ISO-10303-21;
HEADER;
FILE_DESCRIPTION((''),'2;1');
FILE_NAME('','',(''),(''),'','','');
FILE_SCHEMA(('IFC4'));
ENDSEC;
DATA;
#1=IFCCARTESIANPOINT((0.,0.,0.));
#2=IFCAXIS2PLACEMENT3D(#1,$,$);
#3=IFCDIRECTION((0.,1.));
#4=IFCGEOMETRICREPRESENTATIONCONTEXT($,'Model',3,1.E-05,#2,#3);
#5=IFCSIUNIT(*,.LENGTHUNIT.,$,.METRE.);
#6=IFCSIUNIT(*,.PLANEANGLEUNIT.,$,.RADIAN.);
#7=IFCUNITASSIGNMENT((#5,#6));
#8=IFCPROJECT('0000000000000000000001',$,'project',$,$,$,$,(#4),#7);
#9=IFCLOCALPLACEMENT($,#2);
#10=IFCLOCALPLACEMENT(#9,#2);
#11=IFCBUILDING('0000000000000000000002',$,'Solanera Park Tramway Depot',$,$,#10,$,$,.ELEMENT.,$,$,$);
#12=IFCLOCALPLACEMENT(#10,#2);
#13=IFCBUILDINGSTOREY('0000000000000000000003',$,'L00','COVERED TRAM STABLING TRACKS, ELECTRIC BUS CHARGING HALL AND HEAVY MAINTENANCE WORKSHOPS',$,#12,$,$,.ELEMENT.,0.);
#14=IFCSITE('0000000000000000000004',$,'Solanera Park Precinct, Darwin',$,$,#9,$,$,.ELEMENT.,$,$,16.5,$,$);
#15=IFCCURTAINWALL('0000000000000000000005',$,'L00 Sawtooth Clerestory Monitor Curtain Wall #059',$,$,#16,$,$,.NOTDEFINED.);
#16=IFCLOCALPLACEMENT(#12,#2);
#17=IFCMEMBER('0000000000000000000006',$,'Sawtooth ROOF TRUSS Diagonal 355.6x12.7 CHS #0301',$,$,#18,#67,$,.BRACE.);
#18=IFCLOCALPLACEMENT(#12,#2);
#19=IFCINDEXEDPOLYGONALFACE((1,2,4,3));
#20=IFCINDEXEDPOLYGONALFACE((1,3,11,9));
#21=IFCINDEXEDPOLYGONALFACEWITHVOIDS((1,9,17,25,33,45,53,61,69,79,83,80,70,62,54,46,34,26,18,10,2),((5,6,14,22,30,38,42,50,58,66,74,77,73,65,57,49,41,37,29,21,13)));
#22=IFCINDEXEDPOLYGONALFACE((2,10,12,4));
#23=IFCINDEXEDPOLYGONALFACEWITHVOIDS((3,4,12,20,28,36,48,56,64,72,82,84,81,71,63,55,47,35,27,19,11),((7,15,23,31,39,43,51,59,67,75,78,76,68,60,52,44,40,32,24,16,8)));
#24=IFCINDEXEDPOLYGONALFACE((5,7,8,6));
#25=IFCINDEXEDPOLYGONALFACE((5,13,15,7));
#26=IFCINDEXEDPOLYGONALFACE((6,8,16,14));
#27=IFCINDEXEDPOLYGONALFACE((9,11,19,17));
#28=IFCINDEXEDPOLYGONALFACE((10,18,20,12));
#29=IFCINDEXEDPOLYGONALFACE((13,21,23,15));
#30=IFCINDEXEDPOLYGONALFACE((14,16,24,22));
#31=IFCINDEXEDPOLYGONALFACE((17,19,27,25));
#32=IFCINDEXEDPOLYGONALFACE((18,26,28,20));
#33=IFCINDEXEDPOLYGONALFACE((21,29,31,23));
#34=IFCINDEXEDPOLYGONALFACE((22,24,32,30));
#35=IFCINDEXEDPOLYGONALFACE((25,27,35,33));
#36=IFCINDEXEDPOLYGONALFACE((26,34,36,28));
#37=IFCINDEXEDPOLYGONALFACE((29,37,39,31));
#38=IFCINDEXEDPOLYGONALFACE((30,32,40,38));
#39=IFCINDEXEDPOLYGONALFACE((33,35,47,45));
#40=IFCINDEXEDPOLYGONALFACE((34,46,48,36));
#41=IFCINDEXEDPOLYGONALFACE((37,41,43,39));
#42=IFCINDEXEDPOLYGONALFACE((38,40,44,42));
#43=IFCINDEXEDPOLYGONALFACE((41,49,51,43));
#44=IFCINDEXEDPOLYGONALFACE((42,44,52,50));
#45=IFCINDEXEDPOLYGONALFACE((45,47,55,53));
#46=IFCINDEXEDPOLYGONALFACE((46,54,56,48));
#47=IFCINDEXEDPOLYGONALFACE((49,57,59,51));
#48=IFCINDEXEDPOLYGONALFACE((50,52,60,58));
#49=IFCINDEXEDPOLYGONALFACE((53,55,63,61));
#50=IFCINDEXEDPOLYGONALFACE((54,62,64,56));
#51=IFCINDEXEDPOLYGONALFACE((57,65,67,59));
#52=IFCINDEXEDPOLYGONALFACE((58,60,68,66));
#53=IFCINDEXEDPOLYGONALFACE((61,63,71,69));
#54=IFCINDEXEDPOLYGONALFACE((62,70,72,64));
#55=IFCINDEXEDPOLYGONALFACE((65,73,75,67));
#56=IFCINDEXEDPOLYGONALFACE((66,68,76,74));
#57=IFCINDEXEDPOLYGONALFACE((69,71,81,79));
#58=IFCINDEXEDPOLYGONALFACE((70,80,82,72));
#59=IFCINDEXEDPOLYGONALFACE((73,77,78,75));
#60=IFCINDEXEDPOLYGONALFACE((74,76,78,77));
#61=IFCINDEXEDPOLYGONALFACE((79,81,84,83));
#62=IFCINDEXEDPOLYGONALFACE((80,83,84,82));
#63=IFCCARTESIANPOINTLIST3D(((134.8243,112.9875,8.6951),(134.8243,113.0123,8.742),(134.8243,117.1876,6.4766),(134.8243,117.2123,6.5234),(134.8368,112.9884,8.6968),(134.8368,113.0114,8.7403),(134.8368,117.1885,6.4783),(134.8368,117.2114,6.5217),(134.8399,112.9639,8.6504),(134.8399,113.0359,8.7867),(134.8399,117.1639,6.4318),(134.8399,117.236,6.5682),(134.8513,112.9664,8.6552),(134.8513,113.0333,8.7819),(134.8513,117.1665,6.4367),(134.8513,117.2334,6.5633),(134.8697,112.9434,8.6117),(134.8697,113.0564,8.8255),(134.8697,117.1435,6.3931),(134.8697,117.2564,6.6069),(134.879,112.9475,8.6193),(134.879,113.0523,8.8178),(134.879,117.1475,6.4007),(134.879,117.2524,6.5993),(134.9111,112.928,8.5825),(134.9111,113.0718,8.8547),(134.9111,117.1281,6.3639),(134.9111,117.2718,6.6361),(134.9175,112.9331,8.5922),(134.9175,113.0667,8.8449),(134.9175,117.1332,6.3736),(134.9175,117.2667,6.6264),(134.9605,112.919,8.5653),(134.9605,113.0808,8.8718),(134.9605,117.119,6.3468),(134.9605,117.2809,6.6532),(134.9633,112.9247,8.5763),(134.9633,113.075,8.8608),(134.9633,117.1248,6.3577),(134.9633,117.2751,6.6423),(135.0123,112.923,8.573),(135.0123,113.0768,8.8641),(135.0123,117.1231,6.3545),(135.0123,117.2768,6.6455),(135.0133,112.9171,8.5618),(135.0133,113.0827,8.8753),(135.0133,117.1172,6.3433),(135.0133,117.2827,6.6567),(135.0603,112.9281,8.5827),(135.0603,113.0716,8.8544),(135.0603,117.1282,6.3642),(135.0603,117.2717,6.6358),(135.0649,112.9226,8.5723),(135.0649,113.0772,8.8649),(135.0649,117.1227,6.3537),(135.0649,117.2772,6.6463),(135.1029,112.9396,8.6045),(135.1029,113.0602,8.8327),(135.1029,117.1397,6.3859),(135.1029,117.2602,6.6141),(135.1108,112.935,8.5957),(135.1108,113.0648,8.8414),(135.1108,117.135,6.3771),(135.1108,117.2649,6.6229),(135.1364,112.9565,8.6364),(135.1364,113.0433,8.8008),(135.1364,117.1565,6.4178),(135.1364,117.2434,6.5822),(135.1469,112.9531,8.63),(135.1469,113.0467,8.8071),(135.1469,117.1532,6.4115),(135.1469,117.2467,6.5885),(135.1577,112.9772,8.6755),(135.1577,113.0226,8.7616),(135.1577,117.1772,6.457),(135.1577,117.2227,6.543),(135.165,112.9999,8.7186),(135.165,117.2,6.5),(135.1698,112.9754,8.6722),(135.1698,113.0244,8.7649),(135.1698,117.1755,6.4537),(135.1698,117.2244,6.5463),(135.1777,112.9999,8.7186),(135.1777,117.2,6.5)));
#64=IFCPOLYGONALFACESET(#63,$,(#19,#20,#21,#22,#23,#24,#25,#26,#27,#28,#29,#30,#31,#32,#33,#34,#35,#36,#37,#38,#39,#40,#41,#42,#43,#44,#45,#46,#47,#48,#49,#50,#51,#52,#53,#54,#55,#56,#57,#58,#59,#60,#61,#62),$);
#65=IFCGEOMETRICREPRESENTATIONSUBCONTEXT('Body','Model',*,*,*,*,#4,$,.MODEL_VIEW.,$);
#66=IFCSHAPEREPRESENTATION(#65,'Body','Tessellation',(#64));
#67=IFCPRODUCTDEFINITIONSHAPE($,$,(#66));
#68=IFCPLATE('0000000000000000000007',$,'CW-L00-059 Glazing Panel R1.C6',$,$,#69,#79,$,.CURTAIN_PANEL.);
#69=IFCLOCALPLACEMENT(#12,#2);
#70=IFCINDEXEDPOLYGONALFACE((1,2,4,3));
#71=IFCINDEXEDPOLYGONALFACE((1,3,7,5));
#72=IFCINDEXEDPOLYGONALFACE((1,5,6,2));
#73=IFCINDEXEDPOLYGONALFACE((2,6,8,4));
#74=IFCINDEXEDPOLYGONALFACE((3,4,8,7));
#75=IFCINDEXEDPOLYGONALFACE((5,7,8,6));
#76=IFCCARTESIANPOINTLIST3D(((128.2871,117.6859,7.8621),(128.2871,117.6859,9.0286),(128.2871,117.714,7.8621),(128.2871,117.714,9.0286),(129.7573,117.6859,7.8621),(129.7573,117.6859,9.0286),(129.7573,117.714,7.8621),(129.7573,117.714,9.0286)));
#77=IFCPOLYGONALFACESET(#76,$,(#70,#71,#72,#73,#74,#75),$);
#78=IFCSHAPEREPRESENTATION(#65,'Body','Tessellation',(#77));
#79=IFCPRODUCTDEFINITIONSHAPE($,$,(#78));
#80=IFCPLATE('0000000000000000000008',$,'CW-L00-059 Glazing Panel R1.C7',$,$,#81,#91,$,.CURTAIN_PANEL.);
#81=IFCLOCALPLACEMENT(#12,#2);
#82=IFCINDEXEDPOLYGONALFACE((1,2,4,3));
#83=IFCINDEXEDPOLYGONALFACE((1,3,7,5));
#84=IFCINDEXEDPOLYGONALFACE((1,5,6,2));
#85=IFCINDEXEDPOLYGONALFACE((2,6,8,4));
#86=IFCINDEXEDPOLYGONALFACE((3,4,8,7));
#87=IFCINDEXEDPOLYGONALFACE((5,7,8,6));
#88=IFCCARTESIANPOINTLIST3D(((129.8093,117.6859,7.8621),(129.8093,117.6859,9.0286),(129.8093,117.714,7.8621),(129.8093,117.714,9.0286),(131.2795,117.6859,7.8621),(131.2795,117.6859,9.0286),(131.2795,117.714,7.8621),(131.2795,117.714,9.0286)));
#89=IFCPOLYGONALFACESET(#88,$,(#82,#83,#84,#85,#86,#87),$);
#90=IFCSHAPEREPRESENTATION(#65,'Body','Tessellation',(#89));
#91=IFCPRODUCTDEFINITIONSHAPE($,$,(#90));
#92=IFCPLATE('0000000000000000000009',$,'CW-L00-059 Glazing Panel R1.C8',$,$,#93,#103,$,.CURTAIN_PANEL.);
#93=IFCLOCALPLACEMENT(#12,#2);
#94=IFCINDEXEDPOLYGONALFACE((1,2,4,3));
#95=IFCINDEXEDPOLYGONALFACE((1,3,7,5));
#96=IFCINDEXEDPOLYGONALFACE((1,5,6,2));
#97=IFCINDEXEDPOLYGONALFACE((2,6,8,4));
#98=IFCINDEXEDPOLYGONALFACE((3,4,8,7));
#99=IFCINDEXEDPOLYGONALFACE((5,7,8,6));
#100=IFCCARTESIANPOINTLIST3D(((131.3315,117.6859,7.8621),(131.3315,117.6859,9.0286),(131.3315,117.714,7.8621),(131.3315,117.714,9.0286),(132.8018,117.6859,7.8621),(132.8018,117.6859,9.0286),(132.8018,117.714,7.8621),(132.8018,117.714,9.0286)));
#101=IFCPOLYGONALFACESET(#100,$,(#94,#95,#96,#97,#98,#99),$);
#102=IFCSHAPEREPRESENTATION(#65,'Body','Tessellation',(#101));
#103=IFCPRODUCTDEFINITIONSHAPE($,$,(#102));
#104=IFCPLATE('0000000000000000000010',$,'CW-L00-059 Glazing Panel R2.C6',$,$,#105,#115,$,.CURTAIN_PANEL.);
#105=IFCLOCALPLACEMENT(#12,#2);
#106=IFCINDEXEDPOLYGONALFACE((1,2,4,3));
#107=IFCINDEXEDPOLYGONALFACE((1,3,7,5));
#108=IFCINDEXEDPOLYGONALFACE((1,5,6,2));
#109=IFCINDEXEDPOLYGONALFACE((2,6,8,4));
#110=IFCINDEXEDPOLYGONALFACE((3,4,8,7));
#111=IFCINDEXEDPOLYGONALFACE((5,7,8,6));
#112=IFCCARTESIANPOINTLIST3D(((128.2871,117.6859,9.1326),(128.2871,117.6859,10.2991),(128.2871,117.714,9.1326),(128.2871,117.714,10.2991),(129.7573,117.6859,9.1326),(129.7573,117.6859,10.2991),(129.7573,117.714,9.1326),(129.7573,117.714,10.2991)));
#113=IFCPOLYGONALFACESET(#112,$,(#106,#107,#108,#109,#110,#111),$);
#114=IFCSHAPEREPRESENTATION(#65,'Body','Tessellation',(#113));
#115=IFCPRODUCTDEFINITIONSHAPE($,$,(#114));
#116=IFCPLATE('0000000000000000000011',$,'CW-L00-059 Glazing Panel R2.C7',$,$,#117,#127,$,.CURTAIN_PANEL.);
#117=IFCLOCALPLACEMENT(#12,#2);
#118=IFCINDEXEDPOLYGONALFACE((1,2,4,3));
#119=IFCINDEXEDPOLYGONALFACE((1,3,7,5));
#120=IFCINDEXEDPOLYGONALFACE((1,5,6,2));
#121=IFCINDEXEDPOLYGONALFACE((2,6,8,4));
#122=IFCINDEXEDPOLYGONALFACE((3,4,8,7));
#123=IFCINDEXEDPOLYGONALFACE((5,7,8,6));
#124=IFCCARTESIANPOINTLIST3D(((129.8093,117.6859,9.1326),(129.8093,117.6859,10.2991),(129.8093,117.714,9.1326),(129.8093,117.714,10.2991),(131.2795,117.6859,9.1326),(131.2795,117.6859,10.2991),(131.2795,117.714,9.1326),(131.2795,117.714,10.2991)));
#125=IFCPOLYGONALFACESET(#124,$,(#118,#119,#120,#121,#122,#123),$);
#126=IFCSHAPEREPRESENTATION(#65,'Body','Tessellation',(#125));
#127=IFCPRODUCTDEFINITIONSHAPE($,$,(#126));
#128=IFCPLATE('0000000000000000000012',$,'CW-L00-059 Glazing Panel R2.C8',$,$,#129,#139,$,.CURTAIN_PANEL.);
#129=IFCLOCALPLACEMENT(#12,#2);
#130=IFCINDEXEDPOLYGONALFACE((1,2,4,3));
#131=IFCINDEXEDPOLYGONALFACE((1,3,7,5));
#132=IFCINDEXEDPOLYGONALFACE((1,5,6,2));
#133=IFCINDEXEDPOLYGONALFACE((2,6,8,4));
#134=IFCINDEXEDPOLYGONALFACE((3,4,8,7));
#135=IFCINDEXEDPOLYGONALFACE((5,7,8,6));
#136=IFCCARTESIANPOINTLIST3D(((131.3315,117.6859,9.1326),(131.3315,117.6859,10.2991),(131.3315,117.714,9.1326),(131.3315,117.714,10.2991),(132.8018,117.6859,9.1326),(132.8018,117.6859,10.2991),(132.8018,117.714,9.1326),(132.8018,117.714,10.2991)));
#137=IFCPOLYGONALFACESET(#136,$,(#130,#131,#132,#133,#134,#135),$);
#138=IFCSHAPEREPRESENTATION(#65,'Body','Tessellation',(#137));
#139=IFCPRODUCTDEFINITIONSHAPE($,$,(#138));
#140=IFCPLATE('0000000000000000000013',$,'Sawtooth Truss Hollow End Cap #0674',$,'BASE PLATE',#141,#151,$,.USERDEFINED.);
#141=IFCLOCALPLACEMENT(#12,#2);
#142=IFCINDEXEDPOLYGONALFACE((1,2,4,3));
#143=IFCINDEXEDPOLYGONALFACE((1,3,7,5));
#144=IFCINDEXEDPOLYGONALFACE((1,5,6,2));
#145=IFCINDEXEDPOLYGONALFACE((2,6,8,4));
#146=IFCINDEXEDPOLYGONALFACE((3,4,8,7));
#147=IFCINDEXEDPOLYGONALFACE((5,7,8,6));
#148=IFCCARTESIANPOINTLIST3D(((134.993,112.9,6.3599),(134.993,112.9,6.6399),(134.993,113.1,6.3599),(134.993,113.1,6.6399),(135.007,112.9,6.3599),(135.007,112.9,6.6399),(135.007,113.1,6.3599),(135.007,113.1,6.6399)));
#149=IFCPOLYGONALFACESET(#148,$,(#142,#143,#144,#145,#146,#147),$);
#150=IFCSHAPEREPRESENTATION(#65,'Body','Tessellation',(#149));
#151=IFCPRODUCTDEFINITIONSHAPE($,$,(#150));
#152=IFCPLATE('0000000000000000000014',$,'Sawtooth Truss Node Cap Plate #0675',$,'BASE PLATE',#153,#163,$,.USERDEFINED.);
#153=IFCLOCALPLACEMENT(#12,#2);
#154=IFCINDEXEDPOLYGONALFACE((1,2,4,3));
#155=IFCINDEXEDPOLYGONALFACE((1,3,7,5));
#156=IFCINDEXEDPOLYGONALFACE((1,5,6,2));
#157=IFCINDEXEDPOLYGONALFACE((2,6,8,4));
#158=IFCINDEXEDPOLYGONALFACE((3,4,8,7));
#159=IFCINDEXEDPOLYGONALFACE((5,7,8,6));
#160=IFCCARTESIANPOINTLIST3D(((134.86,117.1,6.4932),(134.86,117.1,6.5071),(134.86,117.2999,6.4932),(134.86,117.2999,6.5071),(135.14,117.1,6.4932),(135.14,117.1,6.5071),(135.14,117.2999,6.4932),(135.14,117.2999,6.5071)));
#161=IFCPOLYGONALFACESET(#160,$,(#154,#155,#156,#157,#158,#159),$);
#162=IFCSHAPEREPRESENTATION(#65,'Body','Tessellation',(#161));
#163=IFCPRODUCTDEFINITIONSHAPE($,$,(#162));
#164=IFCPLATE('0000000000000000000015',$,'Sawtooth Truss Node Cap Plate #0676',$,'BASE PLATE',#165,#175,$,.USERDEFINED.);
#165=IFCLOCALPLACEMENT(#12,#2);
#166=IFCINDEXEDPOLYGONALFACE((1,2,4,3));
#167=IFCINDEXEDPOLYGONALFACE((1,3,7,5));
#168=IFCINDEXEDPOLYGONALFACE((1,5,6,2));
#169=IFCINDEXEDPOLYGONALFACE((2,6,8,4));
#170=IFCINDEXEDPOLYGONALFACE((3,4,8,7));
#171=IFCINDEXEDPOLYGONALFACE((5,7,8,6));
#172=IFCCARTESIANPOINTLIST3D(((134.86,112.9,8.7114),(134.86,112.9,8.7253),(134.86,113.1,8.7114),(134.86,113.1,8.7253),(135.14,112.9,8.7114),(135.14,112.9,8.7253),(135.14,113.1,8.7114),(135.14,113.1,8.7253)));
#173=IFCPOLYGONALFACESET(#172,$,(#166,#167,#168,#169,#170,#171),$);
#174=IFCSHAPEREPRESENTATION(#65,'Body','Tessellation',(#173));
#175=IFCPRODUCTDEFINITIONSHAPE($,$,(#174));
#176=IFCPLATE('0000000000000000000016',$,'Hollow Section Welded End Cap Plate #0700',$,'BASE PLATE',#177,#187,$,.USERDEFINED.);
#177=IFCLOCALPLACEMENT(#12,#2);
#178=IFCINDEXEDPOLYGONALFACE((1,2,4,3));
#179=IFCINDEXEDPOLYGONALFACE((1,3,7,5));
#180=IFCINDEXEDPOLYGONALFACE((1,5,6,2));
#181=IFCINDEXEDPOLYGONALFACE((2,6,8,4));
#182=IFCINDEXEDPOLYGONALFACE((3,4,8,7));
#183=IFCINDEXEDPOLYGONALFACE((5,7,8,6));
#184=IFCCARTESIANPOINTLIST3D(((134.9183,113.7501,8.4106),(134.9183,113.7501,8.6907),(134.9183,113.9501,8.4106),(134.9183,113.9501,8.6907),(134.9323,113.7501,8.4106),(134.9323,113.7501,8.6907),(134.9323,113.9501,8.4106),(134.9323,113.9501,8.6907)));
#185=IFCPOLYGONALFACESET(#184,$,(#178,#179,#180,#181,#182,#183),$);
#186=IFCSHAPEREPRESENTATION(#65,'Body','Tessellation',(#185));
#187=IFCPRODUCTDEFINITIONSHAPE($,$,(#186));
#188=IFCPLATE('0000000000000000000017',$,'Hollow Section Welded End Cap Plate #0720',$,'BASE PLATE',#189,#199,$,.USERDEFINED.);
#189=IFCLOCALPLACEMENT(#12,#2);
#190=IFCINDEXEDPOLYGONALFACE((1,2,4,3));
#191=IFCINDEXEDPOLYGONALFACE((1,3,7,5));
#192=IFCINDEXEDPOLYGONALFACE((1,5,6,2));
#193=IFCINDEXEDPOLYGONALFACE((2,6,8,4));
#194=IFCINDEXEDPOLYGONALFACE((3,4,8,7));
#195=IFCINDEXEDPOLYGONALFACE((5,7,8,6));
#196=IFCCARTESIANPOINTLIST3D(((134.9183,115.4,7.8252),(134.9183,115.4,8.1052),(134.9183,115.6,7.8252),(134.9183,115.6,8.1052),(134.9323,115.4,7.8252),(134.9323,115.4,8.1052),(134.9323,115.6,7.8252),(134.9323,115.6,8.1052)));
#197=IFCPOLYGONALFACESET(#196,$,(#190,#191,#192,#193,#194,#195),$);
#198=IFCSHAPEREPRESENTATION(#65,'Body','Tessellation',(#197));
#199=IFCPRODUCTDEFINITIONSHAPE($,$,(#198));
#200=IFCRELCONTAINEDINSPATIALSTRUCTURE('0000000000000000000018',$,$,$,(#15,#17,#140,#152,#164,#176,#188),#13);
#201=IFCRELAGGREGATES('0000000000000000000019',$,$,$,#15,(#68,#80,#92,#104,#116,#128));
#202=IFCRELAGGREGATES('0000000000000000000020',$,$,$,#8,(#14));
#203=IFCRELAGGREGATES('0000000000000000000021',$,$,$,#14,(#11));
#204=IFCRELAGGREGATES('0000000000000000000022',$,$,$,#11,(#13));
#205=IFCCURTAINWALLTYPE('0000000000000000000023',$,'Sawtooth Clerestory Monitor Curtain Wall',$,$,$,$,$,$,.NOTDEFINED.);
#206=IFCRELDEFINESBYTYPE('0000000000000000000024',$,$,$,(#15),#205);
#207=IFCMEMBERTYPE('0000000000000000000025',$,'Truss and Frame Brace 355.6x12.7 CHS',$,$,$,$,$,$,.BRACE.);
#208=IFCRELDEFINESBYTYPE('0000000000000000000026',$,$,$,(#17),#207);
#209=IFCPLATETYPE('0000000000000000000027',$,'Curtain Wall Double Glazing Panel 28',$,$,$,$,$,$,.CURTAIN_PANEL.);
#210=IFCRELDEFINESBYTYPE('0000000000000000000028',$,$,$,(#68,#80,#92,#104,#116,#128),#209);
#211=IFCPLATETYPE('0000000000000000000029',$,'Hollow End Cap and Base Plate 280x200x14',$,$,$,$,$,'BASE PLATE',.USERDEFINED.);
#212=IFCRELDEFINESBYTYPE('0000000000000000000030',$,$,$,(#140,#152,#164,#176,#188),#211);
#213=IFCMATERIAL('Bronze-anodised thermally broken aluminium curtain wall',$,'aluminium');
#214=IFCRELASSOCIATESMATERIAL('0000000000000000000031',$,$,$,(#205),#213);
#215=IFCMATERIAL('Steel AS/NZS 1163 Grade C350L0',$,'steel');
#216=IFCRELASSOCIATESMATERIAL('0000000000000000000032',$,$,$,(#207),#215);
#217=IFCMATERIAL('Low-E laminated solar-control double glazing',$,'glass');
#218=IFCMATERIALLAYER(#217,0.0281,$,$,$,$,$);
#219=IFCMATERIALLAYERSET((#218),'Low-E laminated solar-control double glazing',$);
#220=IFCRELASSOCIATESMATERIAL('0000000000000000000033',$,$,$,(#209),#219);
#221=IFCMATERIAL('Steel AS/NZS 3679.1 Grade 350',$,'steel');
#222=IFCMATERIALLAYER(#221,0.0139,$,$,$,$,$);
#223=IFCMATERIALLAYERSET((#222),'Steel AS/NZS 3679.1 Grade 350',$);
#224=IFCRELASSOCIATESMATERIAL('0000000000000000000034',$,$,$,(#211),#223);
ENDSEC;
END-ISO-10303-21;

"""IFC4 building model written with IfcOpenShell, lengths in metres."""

from ifc_helpers import new_model, si_unit, direction, frame, origin, origin_2d, place, context, subcontext, project, spatial, rectangle, hollow_circle, extrude, material, layer, layer_set, material_profile, profile_set, type_object, element, aggregate, save


model = new_model("IFC4")

# Units and contexts
model_context = context("Model", 3, precision=1e-05, world=origin(), true_north=direction((0.0, 1.0)))
body_context = subcontext(model_context, "Body", "Model", "MODEL_VIEW")
ifc_project = project(units=[si_unit("LENGTHUNIT", "METRE"), si_unit("PLANEANGLEUNIT", "RADIAN")], contexts=[model_context])

# Site, building, storey
site_placement = place(None, origin())
site = spatial("IfcSite", under=ifc_project, at=site_placement, Name="Solanera Park Precinct, Darwin", CompositionType="ELEMENT", RefElevation=16.5)
building_placement = place(site_placement, origin())
building = spatial("IfcBuilding", under=site, at=building_placement, Name="Solanera Park Tramway Depot", CompositionType="ELEMENT")
storey_placement = place(building_placement, origin())
storey = spatial("IfcBuildingStorey", under=building, at=storey_placement, Name="L00", Description="COVERED TRAM STABLING TRACKS, ELECTRIC BUS CHARGING HALL AND HEAVY MAINTENANCE WORKSHOPS", CompositionType="ELEMENT", Elevation=0.0)

# Curtain wall
ifc_material_1 = material(Name="Bronze-anodised thermally broken aluminium curtain wall", Category="aluminium")
curtain_wall_type = type_object("IfcCurtainWallType", Name="Sawtooth Clerestory Monitor Curtain Wall", PredefinedType="NOTDEFINED", material=ifc_material_1)
curtain_wall_placement = place(storey_placement, origin())
curtain_wall = element("IfcCurtainWall", 1, at=curtain_wall_placement, inside=storey, type_object=curtain_wall_type, Name="L00 Sawtooth Clerestory Monitor Curtain Wall #059", PredefinedType="NOTDEFINED")

# Member
ifc_material_2 = material(Name="Steel AS/NZS 1163 Grade C350L0", Category="steel")
ifc_material_profile_1 = material_profile(ifc_material_2, hollow_circle(Radius=0.1777, WallThickness=0.0127, at=origin_2d()), Name="355.6x12.7 CHS")
ifc_profile_set_1 = profile_set([ifc_material_profile_1], Name="Steel AS/NZS 1163 Grade C350L0")
member_type_1 = type_object("IfcMemberType", Name="Truss and Frame Brace 355.6x12.7 CHS", PredefinedType="BRACE", material=ifc_profile_set_1)
member_1_placement = place(storey_placement, frame((135.0, 117.2, 6.5), z_axis=(0.0, -0.884223, 0.467066), x_axis=(1.0, 0.0, 0.0)))
element("IfcMember", 2, at=member_1_placement, inside=storey, type_object=member_type_1, Name="Sawtooth ROOF TRUSS Diagonal 355.6x12.7 CHS #0301", PredefinedType="BRACE", context=body_context, shape_type="SweptSolid", body=[
    extrude(hollow_circle(Radius=0.1777, WallThickness=0.0127, at=origin_2d()), origin(), (0.0, 0.0, 1.0), 4.75),
])

# Plates
ifc_material_3 = material(Name="Low-E laminated solar-control double glazing", Category="glass")
ifc_layer_1 = layer(ifc_material_3, 0.0281)
ifc_layer_set_1 = layer_set([ifc_layer_1], Name="Low-E laminated solar-control double glazing")
plate_type_1 = type_object("IfcPlateType", Name="Curtain Wall Double Glazing Panel 28", PredefinedType="CURTAIN_PANEL", material=ifc_layer_set_1)
plate_1_placement = place(storey_placement, frame((129.0222, 117.7, 7.8621), z_axis=(0.0, 0.0, 1.0), x_axis=(1.0, 0.0, 0.0)))
plate_1 = element("IfcPlate", 3, at=plate_1_placement, type_object=plate_type_1, Name="CW-L00-059 Glazing Panel R1.C6", PredefinedType="CURTAIN_PANEL", context=body_context, shape_type="SweptSolid", body=[
    extrude(rectangle(XDim=1.4702, YDim=0.0281, at=origin_2d()), origin(), (0.0, 0.0, 1.0), 1.1665),
])
plate_2_placement = place(storey_placement, frame((130.5444, 117.7, 7.8621), z_axis=(0.0, 0.0, 1.0), x_axis=(1.0, 0.0, 0.0)))
plate_2 = element("IfcPlate", 4, at=plate_2_placement, type_object=plate_type_1, Name="CW-L00-059 Glazing Panel R1.C7", PredefinedType="CURTAIN_PANEL", context=body_context, shape_type="SweptSolid", body=[
    extrude(rectangle(XDim=1.4702, YDim=0.0281, at=origin_2d()), origin(), (0.0, 0.0, 1.0), 1.1665),
])
plate_3_placement = place(storey_placement, frame((132.0667, 117.7, 7.8621), z_axis=(0.0, 0.0, 1.0), x_axis=(1.0, 0.0, 0.0)))
plate_3 = element("IfcPlate", 5, at=plate_3_placement, type_object=plate_type_1, Name="CW-L00-059 Glazing Panel R1.C8", PredefinedType="CURTAIN_PANEL", context=body_context, shape_type="SweptSolid", body=[
    extrude(rectangle(XDim=1.4702, YDim=0.0281, at=origin_2d()), origin(), (0.0, 0.0, 1.0), 1.1665),
])
plate_4_placement = place(storey_placement, frame((129.0222, 117.7, 9.1326), z_axis=(0.0, 0.0, 1.0), x_axis=(1.0, 0.0, 0.0)))
plate_4 = element("IfcPlate", 6, at=plate_4_placement, type_object=plate_type_1, Name="CW-L00-059 Glazing Panel R2.C6", PredefinedType="CURTAIN_PANEL", context=body_context, shape_type="SweptSolid", body=[
    extrude(rectangle(XDim=1.4702, YDim=0.0281, at=origin_2d()), origin(), (0.0, 0.0, 1.0), 1.1665),
])
plate_5_placement = place(storey_placement, frame((130.5444, 117.7, 9.1326), z_axis=(0.0, 0.0, 1.0), x_axis=(1.0, 0.0, 0.0)))
plate_5 = element("IfcPlate", 7, at=plate_5_placement, type_object=plate_type_1, Name="CW-L00-059 Glazing Panel R2.C7", PredefinedType="CURTAIN_PANEL", context=body_context, shape_type="SweptSolid", body=[
    extrude(rectangle(XDim=1.4702, YDim=0.0281, at=origin_2d()), origin(), (0.0, 0.0, 1.0), 1.1665),
])
plate_6_placement = place(storey_placement, frame((132.0667, 117.7, 9.1326), z_axis=(0.0, 0.0, 1.0), x_axis=(1.0, 0.0, 0.0)))
plate_6 = element("IfcPlate", 8, at=plate_6_placement, type_object=plate_type_1, Name="CW-L00-059 Glazing Panel R2.C8", PredefinedType="CURTAIN_PANEL", context=body_context, shape_type="SweptSolid", body=[
    extrude(rectangle(XDim=1.4702, YDim=0.0281, at=origin_2d()), origin(), (0.0, 0.0, 1.0), 1.1665),
])
aggregate(curtain_wall, [plate_1, plate_2, plate_3, plate_4, plate_5, plate_6])

# Plates
ifc_material_4 = material(Name="Steel AS/NZS 3679.1 Grade 350", Category="steel")
ifc_layer_2 = layer(ifc_material_4, 0.0139)
ifc_layer_set_2 = layer_set([ifc_layer_2], Name="Steel AS/NZS 3679.1 Grade 350")
plate_type_2 = type_object("IfcPlateType", Name="Hollow End Cap and Base Plate 280x200x14", ElementType="BASE PLATE", PredefinedType="USERDEFINED", material=ifc_layer_set_2)
plate_7_placement = place(storey_placement, frame((135.0, 113.0, 6.3599), z_axis=(0.0, 0.0, 1.0), x_axis=(1.0, 0.0, 0.0)))
element("IfcPlate", 9, at=plate_7_placement, inside=storey, type_object=plate_type_2, Name="Sawtooth Truss Hollow End Cap #0674", ObjectType="BASE PLATE", PredefinedType="USERDEFINED", context=body_context, shape_type="SweptSolid", body=[
    extrude(rectangle(XDim=0.0139, YDim=0.2, at=origin_2d()), origin(), (0.0, 0.0, 1.0), 0.28),
])
for number, where, z_axis, x_axis, name in (
    (10, (135.0, 117.2, 6.4932), (0.0, 0.0, 1.0), (1.0, 0.0, 0.0), "Sawtooth Truss Node Cap Plate #0675"),
    (11, (135.0, 113.0, 8.7114), (0.0, 0.0, 1.0), (1.0, 0.0, 0.0), "Sawtooth Truss Node Cap Plate #0676"),
):
    element("IfcPlate", number, at=place(storey_placement, frame(where, z_axis=z_axis, x_axis=x_axis)), inside=storey, type_object=plate_type_2, Name=name, ObjectType="BASE PLATE", PredefinedType="USERDEFINED", context=body_context, shape_type="SweptSolid", body=[
        extrude(rectangle(XDim=0.28, YDim=0.2, at=origin_2d()), origin(), (0.0, 0.0, 1.0), 0.0139),
    ])
for number, where, z_axis, x_axis, name in (
    (12, (134.9253, 113.8501, 8.4106), (0.0, 0.0, 1.0), (1.0, 0.0, 0.0), "Hollow Section Welded End Cap Plate #0700"),
    (13, (134.9253, 115.5, 7.8252), (0.0, 0.0, 1.0), (1.0, 0.0, 0.0), "Hollow Section Welded End Cap Plate #0720"),
):
    element("IfcPlate", number, at=place(storey_placement, frame(where, z_axis=z_axis, x_axis=x_axis)), inside=storey, type_object=plate_type_2, Name=name, ObjectType="BASE PLATE", PredefinedType="USERDEFINED", context=body_context, shape_type="SweptSolid", body=[
        extrude(rectangle(XDim=0.0139, YDim=0.2, at=origin_2d()), origin(), (0.0, 0.0, 1.0), 0.28),
    ])

save(model, "model.ifc")
